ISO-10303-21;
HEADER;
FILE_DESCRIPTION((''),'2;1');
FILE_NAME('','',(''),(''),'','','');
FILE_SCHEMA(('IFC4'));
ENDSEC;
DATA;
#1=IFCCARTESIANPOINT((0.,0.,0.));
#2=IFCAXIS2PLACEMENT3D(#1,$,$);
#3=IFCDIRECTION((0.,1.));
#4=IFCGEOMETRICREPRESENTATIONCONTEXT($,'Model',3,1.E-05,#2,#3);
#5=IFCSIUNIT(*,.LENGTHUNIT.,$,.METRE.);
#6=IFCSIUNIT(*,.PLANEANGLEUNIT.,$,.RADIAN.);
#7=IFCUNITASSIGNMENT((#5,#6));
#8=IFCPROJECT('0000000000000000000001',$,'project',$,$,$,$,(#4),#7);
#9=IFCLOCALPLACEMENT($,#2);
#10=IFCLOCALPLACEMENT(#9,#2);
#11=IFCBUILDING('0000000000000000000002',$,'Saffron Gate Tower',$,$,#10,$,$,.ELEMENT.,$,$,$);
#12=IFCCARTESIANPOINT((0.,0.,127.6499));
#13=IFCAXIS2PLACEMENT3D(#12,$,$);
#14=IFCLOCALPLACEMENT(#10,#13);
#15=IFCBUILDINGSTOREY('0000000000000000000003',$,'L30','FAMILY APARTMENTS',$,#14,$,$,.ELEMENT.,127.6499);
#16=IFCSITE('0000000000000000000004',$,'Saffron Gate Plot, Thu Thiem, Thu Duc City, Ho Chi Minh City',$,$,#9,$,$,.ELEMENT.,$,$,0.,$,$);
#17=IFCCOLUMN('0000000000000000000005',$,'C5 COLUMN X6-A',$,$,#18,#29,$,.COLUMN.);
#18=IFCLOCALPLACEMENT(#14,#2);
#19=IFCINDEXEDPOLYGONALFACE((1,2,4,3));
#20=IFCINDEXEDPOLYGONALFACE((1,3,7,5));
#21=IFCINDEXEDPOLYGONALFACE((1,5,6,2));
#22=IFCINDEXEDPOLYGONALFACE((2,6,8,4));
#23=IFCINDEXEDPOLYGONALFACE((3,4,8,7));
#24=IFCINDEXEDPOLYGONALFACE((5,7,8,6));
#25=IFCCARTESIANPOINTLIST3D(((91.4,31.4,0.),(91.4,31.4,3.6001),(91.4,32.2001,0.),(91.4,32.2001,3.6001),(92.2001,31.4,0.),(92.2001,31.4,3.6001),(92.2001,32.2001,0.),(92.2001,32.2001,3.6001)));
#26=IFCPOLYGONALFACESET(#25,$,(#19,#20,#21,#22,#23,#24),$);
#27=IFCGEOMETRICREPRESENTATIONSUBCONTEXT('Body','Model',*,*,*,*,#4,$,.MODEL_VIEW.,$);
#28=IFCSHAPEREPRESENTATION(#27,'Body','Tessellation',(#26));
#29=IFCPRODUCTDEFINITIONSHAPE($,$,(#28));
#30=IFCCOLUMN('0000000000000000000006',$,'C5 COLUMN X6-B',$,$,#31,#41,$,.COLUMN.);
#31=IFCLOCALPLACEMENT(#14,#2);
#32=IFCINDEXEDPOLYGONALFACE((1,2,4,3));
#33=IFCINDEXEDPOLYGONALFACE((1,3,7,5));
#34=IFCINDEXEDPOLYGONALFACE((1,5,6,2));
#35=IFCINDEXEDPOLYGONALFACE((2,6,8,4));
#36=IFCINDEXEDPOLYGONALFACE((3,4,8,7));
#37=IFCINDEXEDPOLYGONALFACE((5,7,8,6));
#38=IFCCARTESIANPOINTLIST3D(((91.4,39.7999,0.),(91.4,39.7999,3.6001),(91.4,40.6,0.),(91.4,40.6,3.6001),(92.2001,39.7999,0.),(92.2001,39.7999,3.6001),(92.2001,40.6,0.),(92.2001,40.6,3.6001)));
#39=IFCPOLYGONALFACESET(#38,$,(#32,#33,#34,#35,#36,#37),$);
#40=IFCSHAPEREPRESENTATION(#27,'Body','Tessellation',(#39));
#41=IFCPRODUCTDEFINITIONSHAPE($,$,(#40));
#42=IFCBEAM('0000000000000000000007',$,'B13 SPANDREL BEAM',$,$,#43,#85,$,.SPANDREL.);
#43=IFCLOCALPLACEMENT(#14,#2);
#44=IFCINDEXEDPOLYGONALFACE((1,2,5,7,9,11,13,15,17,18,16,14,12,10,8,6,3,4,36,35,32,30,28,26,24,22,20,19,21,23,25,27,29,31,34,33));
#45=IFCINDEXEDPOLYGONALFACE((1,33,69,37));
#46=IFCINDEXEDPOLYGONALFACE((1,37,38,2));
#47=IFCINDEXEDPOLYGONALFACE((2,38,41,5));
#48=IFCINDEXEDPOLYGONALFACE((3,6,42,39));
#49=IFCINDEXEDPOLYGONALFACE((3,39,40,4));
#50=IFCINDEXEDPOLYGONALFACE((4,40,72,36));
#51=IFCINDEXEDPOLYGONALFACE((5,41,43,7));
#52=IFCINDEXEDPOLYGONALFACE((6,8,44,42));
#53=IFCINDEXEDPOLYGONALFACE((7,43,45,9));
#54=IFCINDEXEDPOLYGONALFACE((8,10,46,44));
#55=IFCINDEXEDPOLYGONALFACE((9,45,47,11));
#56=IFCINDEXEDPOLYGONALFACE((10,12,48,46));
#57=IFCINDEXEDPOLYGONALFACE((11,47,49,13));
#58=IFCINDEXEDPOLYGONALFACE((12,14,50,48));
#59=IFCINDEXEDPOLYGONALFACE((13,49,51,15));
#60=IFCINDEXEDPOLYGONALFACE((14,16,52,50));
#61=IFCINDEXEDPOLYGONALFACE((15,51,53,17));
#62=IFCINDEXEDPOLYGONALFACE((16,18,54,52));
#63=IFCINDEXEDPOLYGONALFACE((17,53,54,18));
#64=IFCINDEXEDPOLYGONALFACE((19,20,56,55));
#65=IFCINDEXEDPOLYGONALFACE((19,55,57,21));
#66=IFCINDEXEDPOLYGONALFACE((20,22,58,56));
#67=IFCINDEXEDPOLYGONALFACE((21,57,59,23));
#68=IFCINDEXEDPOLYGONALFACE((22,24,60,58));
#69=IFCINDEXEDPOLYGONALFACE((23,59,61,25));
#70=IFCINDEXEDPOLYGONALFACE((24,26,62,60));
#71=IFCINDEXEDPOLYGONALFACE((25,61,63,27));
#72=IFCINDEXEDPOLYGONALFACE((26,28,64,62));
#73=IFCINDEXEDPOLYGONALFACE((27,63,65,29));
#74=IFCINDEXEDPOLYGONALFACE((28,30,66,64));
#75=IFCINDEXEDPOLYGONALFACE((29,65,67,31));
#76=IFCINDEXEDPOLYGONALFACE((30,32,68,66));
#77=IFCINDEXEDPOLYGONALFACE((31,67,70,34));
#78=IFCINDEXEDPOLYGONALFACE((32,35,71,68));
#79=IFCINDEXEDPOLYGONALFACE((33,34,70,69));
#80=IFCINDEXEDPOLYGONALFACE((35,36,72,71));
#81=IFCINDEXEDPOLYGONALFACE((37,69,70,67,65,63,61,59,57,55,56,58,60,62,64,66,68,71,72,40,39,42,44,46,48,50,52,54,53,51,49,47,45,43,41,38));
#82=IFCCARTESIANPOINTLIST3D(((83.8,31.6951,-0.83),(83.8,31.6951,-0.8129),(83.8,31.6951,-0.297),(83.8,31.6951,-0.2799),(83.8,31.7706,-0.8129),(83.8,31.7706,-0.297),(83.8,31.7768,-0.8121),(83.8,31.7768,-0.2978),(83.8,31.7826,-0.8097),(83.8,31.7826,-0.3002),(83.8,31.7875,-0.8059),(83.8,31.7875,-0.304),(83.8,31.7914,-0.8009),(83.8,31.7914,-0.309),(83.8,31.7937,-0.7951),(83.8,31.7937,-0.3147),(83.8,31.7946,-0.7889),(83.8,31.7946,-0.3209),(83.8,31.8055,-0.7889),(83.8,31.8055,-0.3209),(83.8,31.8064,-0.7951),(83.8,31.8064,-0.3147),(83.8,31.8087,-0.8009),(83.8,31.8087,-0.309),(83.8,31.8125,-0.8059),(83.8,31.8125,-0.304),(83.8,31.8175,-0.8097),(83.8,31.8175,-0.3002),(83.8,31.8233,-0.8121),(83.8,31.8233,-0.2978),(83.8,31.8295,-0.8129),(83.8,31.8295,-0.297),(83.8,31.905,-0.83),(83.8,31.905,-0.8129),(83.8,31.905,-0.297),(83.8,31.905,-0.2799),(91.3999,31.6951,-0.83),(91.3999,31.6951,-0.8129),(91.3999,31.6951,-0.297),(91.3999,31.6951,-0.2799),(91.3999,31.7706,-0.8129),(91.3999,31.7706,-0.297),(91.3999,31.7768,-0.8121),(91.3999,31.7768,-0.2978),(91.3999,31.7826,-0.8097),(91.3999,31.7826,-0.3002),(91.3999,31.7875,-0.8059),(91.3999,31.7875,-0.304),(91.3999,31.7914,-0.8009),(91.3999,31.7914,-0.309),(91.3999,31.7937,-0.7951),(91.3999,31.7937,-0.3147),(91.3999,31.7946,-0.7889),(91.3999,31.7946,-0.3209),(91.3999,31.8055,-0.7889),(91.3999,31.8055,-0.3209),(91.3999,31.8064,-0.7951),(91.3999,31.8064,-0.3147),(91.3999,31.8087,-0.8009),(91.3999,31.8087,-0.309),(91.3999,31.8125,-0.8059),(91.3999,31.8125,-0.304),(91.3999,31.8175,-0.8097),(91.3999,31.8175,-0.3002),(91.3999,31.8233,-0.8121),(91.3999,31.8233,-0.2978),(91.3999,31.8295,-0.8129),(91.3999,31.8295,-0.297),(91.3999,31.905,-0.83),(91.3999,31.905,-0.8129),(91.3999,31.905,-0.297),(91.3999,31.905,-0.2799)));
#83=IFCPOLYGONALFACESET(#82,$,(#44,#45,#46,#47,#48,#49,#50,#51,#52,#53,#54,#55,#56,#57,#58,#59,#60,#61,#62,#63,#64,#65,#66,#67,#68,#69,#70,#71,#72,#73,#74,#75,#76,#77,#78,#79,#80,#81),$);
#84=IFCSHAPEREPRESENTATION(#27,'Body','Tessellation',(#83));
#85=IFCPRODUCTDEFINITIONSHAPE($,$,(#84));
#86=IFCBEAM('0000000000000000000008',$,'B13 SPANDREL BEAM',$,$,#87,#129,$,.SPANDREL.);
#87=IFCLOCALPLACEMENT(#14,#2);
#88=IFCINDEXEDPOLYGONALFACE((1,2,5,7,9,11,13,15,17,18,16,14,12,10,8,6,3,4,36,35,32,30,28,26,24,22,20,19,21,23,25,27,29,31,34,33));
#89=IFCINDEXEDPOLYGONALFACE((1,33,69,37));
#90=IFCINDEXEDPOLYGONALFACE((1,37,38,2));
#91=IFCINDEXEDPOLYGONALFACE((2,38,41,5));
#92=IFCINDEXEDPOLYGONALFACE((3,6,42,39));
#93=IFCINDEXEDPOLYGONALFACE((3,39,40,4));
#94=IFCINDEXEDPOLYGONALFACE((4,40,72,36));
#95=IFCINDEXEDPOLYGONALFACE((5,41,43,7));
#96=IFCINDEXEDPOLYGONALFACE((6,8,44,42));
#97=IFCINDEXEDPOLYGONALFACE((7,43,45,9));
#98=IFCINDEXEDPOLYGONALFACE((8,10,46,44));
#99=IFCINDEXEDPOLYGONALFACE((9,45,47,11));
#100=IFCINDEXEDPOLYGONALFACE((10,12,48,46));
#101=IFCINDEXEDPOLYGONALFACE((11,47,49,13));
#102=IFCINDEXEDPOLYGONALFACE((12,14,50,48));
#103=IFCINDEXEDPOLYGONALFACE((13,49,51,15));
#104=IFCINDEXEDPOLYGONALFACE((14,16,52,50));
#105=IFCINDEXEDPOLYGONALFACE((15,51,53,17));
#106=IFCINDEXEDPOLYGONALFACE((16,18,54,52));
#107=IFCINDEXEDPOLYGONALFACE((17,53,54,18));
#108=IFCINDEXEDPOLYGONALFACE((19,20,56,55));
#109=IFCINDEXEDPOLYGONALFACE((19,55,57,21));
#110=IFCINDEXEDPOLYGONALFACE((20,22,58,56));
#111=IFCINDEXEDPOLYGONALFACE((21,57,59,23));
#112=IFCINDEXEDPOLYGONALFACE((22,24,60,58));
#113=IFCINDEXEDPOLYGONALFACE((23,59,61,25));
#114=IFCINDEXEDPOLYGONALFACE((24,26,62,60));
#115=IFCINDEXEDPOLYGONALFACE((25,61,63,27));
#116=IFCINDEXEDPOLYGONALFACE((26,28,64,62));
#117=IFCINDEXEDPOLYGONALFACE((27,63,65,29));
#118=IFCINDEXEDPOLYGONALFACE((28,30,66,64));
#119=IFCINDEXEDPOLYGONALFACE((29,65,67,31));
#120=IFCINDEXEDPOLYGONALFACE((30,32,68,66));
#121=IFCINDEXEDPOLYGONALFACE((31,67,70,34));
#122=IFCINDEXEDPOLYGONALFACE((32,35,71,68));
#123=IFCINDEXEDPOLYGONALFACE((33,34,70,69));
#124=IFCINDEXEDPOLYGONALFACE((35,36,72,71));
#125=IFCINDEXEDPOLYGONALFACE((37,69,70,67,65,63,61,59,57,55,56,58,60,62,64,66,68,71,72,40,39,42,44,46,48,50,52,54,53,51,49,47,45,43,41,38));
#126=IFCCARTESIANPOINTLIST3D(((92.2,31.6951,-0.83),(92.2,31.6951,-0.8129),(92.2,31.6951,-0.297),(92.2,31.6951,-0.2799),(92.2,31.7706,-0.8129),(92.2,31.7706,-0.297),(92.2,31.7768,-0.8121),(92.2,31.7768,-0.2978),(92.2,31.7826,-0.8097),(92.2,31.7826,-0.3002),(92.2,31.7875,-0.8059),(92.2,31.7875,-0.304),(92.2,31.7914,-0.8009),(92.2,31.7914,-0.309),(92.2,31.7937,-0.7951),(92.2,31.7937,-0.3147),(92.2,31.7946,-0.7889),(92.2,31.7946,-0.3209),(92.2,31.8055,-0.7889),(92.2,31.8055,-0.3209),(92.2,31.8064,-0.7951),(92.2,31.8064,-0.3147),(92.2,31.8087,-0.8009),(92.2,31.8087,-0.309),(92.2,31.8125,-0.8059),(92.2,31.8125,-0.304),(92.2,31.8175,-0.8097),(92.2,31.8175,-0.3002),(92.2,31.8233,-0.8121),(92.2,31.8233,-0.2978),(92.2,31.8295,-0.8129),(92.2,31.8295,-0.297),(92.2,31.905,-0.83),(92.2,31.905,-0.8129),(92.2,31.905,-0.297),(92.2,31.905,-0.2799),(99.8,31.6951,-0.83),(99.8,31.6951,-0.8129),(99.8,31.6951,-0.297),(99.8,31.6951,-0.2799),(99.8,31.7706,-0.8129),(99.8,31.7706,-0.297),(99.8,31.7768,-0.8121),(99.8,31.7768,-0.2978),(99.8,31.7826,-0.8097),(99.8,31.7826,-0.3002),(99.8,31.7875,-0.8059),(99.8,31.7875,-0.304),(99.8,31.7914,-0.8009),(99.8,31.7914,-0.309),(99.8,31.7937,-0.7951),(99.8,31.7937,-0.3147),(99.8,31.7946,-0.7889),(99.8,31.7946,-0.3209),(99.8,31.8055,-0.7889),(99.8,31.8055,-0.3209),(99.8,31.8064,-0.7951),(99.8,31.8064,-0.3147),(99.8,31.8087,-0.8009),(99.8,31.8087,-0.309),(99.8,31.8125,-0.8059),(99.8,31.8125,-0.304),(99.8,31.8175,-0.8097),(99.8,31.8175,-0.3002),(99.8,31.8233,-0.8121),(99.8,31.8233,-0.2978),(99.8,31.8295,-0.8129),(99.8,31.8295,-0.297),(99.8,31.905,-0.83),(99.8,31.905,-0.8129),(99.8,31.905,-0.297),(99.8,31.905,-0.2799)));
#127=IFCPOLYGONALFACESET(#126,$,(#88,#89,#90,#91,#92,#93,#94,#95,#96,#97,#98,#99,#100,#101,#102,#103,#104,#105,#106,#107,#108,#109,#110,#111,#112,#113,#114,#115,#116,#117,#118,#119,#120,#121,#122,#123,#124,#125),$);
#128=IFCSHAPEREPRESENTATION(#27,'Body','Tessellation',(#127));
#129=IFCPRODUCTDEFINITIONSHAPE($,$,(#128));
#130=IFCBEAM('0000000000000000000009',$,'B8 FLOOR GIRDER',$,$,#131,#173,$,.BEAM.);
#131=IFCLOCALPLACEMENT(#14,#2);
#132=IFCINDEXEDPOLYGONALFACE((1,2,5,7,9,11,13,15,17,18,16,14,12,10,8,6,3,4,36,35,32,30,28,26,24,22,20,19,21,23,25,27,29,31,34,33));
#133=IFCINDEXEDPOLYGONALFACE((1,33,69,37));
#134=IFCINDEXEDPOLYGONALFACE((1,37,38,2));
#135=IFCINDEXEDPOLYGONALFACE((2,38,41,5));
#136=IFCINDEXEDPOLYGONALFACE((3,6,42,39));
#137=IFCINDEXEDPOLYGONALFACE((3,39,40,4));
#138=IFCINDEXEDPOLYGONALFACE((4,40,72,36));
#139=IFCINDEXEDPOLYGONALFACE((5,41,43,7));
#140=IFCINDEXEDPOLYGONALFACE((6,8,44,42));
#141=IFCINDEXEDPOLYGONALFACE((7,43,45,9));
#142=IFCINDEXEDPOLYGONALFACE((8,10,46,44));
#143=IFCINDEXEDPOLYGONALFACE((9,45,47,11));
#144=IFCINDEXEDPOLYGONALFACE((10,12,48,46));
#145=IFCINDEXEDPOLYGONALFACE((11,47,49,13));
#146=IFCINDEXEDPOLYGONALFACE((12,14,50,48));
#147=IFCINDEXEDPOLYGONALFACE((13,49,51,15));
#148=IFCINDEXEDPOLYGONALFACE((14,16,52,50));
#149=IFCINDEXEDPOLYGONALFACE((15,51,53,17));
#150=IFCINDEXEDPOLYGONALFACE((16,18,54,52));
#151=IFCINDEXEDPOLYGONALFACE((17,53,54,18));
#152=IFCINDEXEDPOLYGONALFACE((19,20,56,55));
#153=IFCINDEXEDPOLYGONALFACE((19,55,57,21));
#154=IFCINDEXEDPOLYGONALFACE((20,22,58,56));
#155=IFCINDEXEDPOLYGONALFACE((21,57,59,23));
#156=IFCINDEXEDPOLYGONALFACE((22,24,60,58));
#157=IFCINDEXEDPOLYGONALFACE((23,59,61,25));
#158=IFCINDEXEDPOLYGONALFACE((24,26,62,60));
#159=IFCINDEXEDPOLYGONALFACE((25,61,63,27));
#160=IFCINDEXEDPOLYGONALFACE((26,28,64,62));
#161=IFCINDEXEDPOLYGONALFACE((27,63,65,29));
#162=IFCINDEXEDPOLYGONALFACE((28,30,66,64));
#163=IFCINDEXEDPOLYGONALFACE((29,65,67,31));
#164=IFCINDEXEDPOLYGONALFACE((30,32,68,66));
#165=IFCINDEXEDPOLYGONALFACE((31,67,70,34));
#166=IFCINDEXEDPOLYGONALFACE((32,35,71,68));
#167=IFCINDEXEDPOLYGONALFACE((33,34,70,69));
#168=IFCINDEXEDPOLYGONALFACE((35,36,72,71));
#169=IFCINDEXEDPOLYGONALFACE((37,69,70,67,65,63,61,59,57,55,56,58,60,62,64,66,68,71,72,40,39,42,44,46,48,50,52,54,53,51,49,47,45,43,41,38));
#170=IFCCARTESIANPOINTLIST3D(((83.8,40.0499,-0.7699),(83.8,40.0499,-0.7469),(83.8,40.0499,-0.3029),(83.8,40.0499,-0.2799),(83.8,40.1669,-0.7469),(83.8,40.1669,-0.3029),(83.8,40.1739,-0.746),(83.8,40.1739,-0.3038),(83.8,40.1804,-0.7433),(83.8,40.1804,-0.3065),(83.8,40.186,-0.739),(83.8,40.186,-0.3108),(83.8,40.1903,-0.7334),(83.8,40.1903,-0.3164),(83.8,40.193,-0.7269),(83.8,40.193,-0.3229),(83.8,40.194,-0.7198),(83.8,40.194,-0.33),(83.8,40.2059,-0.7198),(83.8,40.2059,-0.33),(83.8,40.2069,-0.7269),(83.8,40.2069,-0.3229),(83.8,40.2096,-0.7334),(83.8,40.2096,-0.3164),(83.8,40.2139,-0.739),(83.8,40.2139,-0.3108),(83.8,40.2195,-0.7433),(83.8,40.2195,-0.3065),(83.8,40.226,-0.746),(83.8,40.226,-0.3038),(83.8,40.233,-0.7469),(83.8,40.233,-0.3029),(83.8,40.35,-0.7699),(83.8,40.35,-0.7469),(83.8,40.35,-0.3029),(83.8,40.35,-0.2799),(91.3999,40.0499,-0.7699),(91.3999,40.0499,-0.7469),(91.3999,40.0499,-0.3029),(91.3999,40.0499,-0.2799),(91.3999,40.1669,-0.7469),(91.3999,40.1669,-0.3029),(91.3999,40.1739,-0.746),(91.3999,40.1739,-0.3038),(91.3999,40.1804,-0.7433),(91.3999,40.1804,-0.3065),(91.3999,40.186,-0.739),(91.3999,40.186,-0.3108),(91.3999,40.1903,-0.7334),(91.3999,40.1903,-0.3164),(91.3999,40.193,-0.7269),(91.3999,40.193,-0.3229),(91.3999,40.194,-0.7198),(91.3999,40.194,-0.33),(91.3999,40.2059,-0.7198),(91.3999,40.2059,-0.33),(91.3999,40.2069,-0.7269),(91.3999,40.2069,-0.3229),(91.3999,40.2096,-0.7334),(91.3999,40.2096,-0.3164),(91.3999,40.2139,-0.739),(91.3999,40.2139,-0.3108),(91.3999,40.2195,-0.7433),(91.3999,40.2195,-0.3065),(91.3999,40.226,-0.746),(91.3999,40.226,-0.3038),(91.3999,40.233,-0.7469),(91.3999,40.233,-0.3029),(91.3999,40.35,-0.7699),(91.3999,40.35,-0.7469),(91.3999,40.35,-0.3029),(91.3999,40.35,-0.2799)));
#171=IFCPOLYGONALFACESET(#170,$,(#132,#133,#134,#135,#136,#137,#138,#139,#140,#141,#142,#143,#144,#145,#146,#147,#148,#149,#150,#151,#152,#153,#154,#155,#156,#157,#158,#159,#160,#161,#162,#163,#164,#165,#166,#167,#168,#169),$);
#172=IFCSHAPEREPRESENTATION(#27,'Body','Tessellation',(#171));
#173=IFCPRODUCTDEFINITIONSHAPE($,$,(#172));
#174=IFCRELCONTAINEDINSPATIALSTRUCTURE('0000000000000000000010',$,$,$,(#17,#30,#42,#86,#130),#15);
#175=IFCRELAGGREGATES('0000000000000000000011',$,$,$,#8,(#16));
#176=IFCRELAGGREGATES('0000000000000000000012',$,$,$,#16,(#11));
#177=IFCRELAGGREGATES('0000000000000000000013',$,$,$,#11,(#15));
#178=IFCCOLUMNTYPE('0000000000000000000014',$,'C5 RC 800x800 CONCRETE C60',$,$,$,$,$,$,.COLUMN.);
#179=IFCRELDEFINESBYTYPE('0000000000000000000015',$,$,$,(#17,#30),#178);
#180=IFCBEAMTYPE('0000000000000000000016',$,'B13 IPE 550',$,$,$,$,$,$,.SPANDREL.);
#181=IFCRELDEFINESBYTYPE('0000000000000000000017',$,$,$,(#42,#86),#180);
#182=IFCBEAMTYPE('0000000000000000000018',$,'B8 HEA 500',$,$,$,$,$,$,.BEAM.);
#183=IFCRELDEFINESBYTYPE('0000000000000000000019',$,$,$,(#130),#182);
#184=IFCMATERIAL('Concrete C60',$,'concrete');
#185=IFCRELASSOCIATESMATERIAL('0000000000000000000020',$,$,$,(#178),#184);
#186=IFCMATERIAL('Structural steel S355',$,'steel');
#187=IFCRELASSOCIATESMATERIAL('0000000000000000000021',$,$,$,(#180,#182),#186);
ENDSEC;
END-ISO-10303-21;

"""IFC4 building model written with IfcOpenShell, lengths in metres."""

from ifc_helpers import new_model, si_unit, direction, frame, origin, origin_2d, place, context, subcontext, project, spatial, rectangle, i_section, extrude, material, material_profile, profile_set, type_object, element, save


model = new_model("IFC4")

# Units and contexts
model_context = context("Model", 3, precision=1e-05, world=origin(), true_north=direction((0.0, 1.0)))
body_context = subcontext(model_context, "Body", "Model", "MODEL_VIEW")
ifc_project = project(units=[si_unit("LENGTHUNIT", "METRE"), si_unit("PLANEANGLEUNIT", "RADIAN")], contexts=[model_context])

# Site, building, storey
site_placement = place(None, origin())
site = spatial("IfcSite", under=ifc_project, at=site_placement, Name="Saffron Gate Plot, Thu Thiem, Thu Duc City, Ho Chi Minh City", CompositionType="ELEMENT", RefElevation=0.0)
building_placement = place(site_placement, origin())
building = spatial("IfcBuilding", under=site, at=building_placement, Name="Saffron Gate Tower", CompositionType="ELEMENT")
storey_placement = place(building_placement, frame((0.0, 0.0, 127.6499)))
storey = spatial("IfcBuildingStorey", under=building, at=storey_placement, Name="L30", Description="FAMILY APARTMENTS", CompositionType="ELEMENT", Elevation=127.6499)

# Columns
ifc_material_1 = material(Name="Concrete C60", Category="concrete")
ifc_material_profile_1 = material_profile(ifc_material_1, rectangle(XDim=0.8, YDim=0.8, at=origin_2d()))
ifc_profile_set_1 = profile_set([ifc_material_profile_1], Name="Concrete C60")
column_type = type_object("IfcColumnType", Name="C5 RC 800x800 CONCRETE C60", PredefinedType="COLUMN", material=ifc_profile_set_1)
for number, where, z_axis, x_axis, name in (
    (1, (91.8, 31.8, 0.0), (0.0, 0.0, 1.0), (1.0, 0.0, 0.0), "C5 COLUMN X6-A"),
    (2, (91.8, 40.2, 0.0), (0.0, 0.0, 1.0), (1.0, 0.0, 0.0), "C5 COLUMN X6-B"),
):
    element("IfcColumn", number, at=place(storey_placement, frame(where, z_axis=z_axis, x_axis=x_axis)), inside=storey, type_object=column_type, Name=name, PredefinedType="COLUMN", context=body_context, shape_type="SweptSolid", body=[
        extrude(rectangle(XDim=0.8, YDim=0.8, at=origin_2d()), origin(), (0.0, 0.0, 1.0), 3.6001),
    ])

# Beams
ifc_material_2 = material(Name="Structural steel S355", Category="steel")
ifc_material_profile_2 = material_profile(ifc_material_2, i_section(OverallWidth=0.21, OverallDepth=0.55, WebThickness=0.011, FlangeThickness=0.0171, FilletRadius=0.0239, at=origin_2d()))
ifc_profile_set_2 = profile_set([ifc_material_profile_2], Name="Structural steel S355")
beam_type_1 = type_object("IfcBeamType", Name="B13 IPE 550", PredefinedType="SPANDREL", material=ifc_profile_set_2)
beam_1_placement = place(storey_placement, frame((83.8, 31.8, -0.5549), z_axis=(1.0, 0.0, 0.0), x_axis=(0.0, 1.0, 0.0)))
element("IfcBeam", 3, at=beam_1_placement, inside=storey, type_object=beam_type_1, Name="B13 SPANDREL BEAM", PredefinedType="SPANDREL", context=body_context, shape_type="SweptSolid", body=[
    extrude(i_section(OverallWidth=0.21, OverallDepth=0.55, WebThickness=0.011, FlangeThickness=0.0171, FilletRadius=0.0239, at=origin_2d()), origin(), (0.0, 0.0, 1.0), 7.5999),
])
beam_2_placement = place(storey_placement, frame((92.2, 31.8, -0.5549), z_axis=(1.0, 0.0, 0.0), x_axis=(0.0, 1.0, 0.0)))
element("IfcBeam", 4, at=beam_2_placement, inside=storey, type_object=beam_type_1, Name="B13 SPANDREL BEAM", PredefinedType="SPANDREL", context=body_context, shape_type="SweptSolid", body=[
    extrude(i_section(OverallWidth=0.21, OverallDepth=0.55, WebThickness=0.011, FlangeThickness=0.0171, FilletRadius=0.0239, at=origin_2d()), origin(), (0.0, 0.0, 1.0), 7.6001),
])
ifc_material_profile_3 = material_profile(ifc_material_2, i_section(OverallWidth=0.3, OverallDepth=0.49, WebThickness=0.012, FlangeThickness=0.0229, FilletRadius=0.0271, at=origin_2d()))
ifc_profile_set_3 = profile_set([ifc_material_profile_3], Name="Structural steel S355")
beam_type_2 = type_object("IfcBeamType", Name="B8 HEA 500", PredefinedType="BEAM", material=ifc_profile_set_3)
beam_3_placement = place(storey_placement, frame((83.8, 40.2, -0.5249), z_axis=(1.0, 0.0, 0.0), x_axis=(0.0, 1.0, 0.0)))
element("IfcBeam", 5, at=beam_3_placement, inside=storey, type_object=beam_type_2, Name="B8 FLOOR GIRDER", PredefinedType="BEAM", context=body_context, shape_type="SweptSolid", body=[
    extrude(i_section(OverallWidth=0.3, OverallDepth=0.49, WebThickness=0.012, FlangeThickness=0.0229, FilletRadius=0.0271, at=origin_2d()), origin(), (0.0, 0.0, 1.0), 7.5999),
])

save(model, "model.ifc")
